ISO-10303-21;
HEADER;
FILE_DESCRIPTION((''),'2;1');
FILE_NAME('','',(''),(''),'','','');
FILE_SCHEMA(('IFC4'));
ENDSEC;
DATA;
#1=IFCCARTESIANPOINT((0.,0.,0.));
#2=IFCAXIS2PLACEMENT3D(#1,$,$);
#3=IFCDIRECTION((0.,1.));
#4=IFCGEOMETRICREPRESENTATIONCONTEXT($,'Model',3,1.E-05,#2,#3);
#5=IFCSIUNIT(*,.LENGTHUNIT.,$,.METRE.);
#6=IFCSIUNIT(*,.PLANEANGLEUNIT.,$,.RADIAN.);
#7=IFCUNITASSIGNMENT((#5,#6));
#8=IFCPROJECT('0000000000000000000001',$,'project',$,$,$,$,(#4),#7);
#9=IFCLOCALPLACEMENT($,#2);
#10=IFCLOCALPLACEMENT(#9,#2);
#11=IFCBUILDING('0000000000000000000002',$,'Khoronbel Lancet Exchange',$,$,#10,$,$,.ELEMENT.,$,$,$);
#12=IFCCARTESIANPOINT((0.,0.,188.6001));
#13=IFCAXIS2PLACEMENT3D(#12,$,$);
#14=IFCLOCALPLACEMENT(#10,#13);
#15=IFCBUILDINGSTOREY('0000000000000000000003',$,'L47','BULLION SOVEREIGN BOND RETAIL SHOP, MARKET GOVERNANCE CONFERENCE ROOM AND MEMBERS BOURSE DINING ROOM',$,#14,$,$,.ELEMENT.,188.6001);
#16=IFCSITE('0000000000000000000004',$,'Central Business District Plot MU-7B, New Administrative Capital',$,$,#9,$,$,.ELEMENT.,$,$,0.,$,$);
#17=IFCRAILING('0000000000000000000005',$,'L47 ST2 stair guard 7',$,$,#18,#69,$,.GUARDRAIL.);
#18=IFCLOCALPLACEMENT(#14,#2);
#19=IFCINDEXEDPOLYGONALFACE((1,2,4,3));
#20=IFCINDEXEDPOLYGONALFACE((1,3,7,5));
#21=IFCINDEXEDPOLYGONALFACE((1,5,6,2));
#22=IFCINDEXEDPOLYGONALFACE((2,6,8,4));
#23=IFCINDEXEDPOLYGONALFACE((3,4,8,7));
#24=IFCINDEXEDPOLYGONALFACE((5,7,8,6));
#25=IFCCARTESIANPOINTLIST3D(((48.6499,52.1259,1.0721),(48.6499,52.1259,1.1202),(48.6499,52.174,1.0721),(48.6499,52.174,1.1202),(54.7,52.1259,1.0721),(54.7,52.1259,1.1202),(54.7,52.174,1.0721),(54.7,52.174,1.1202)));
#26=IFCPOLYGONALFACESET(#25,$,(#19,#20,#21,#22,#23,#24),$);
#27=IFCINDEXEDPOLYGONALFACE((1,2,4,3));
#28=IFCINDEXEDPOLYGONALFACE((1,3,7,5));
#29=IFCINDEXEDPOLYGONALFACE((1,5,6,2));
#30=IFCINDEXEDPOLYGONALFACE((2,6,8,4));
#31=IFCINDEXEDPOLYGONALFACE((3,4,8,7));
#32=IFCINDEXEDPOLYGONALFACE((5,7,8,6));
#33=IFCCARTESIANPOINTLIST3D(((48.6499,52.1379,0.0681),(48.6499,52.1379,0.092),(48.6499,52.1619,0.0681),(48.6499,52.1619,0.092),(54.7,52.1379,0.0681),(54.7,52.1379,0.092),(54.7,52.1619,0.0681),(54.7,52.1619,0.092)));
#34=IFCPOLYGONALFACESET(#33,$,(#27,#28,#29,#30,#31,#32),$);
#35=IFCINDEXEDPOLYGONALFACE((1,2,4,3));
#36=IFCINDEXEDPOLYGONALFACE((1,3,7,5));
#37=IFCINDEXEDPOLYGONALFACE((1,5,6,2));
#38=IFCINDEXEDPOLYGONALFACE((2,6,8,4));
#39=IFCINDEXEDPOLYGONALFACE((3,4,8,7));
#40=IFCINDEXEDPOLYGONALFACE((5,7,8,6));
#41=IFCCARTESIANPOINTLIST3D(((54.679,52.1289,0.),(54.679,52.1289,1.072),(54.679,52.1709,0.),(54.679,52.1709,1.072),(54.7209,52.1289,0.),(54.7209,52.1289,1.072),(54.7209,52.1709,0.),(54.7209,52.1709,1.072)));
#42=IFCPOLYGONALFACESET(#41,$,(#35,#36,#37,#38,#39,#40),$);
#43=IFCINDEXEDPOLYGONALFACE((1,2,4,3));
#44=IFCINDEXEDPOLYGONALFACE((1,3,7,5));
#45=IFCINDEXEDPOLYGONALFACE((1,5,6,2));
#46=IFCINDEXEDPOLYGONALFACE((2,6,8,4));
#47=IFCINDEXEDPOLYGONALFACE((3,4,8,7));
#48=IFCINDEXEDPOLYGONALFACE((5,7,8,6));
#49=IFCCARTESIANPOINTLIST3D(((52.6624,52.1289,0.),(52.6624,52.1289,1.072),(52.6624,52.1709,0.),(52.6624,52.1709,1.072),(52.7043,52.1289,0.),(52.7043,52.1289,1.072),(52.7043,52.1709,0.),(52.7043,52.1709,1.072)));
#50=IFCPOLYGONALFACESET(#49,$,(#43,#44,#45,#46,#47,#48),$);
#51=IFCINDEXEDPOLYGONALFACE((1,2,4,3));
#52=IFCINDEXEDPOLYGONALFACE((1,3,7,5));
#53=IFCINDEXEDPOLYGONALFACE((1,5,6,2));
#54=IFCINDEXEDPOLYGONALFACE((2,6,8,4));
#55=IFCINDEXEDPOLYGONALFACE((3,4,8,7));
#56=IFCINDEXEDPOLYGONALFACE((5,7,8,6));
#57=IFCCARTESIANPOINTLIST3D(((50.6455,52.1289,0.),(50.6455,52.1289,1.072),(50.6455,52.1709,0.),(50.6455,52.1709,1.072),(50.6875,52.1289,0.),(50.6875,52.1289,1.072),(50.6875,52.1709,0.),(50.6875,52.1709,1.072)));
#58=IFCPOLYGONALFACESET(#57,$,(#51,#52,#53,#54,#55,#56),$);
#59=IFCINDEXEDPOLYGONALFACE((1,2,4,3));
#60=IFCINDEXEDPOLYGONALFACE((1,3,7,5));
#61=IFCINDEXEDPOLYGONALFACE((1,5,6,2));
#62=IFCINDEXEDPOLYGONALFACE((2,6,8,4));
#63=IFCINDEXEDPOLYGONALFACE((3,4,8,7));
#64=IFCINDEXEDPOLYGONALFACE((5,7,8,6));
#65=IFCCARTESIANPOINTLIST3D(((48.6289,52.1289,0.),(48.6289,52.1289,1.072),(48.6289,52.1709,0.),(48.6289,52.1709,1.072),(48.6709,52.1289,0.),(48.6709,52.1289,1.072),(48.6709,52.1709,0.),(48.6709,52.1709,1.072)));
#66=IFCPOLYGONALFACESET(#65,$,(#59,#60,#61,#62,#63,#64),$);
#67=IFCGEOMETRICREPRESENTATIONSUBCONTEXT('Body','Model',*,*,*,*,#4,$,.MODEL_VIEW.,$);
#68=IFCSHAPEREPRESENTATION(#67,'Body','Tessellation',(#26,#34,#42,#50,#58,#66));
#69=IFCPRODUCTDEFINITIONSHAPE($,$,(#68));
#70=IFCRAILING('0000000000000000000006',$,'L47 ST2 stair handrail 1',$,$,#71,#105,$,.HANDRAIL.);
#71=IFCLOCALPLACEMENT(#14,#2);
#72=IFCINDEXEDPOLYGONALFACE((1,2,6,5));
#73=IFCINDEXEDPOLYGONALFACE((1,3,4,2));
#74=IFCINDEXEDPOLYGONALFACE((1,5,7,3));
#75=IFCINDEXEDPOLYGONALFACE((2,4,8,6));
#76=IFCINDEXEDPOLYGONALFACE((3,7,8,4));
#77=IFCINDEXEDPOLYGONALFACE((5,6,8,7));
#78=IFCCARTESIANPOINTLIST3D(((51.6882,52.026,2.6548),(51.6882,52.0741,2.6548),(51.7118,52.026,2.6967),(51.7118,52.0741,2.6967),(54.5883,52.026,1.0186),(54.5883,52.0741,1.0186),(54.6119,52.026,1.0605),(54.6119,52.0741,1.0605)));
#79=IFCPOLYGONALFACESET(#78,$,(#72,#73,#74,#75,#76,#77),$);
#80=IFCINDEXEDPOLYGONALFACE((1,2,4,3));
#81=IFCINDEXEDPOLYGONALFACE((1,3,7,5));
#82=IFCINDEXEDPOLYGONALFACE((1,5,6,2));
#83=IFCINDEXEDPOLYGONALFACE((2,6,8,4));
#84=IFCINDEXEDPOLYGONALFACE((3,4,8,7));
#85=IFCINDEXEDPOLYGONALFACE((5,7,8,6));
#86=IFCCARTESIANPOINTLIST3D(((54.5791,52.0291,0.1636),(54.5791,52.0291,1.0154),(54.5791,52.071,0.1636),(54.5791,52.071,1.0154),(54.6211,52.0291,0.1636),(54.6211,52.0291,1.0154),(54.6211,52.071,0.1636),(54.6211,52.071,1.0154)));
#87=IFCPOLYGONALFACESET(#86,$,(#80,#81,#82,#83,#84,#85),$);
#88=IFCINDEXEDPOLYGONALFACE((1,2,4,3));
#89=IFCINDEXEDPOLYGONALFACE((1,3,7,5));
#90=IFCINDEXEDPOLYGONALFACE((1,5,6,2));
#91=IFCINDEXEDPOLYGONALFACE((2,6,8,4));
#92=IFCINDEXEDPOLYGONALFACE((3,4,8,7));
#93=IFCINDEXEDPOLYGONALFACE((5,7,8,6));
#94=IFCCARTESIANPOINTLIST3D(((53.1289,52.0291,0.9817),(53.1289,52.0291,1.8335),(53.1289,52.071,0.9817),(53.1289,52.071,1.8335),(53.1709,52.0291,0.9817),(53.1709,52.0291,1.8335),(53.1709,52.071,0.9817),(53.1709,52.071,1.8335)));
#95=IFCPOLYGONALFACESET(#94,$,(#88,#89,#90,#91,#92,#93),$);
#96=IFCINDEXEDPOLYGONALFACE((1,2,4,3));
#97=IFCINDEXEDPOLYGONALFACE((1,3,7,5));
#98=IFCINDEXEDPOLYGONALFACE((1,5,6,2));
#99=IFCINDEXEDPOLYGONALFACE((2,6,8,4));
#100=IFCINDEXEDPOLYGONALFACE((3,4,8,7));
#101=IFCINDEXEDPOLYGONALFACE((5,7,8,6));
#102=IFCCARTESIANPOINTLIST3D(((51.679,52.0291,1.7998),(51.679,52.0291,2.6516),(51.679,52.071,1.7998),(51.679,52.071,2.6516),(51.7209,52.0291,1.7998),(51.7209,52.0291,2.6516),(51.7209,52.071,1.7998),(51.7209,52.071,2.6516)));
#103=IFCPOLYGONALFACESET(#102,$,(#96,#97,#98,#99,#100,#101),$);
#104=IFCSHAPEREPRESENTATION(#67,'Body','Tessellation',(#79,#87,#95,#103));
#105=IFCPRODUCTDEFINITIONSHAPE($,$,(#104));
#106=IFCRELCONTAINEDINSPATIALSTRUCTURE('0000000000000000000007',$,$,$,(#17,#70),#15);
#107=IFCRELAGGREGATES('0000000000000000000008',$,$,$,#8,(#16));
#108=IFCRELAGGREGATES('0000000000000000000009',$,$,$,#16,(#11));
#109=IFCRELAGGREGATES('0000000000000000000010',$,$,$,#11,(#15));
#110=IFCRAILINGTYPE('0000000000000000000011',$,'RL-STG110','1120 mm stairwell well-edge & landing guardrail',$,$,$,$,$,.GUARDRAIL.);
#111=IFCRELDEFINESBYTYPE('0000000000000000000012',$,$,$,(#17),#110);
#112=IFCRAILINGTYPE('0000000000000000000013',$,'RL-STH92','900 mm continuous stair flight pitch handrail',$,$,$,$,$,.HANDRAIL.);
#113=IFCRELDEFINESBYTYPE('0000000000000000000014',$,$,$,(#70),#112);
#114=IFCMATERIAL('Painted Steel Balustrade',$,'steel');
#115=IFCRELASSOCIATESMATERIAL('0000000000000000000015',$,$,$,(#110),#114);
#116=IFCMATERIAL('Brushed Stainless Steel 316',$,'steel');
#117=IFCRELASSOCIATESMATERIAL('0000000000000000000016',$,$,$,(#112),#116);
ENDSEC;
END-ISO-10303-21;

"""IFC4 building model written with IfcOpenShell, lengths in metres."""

from ifc_helpers import new_model, si_unit, direction, frame, origin, origin_2d, place, context, subcontext, project, spatial, rectangle, extrude, material, type_object, element, save


model = new_model("IFC4")

# Units and contexts
model_context = context("Model", 3, precision=1e-05, world=origin(), true_north=direction((0.0, 1.0)))
body_context = subcontext(model_context, "Body", "Model", "MODEL_VIEW")
ifc_project = project(units=[si_unit("LENGTHUNIT", "METRE"), si_unit("PLANEANGLEUNIT", "RADIAN")], contexts=[model_context])

# Site, building, storey
site_placement = place(None, origin())
site = spatial("IfcSite", under=ifc_project, at=site_placement, Name="Central Business District Plot MU-7B, New Administrative Capital", CompositionType="ELEMENT", RefElevation=0.0)
building_placement = place(site_placement, origin())
building = spatial("IfcBuilding", under=site, at=building_placement, Name="Khoronbel Lancet Exchange", CompositionType="ELEMENT")
storey_placement = place(building_placement, frame((0.0, 0.0, 188.6001)))
storey = spatial("IfcBuildingStorey", under=building, at=storey_placement, Name="L47", Description="BULLION SOVEREIGN BOND RETAIL SHOP, MARKET GOVERNANCE CONFERENCE ROOM AND MEMBERS BOURSE DINING ROOM", CompositionType="ELEMENT", Elevation=188.6001)

# Railings
ifc_material_1 = material(Name="Painted Steel Balustrade", Category="steel")
railing_type_1 = type_object("IfcRailingType", Name="RL-STG110", Description="1120 mm stairwell well-edge & landing guardrail", PredefinedType="GUARDRAIL", material=ifc_material_1)
railing_1_placement = place(storey_placement, frame((54.7, 52.1499, 0.0)))
element("IfcRailing", 1, at=railing_1_placement, inside=storey, type_object=railing_type_1, Name="L47 ST2 stair guard 7", PredefinedType="GUARDRAIL", context=body_context, shape_type="SweptSolid", body=[
    extrude(rectangle(XDim=0.0481, YDim=0.0481, at=origin_2d()), frame((0.0, 0.0, 1.0962), z_axis=(-1.0, 0.0, 0.0), x_axis=(0.0, -1.0, 0.0)), (0.0, 0.0, 1.0), 6.05),
    extrude(rectangle(XDim=0.0239, YDim=0.0239, at=origin_2d()), frame((0.0, 0.0, 0.0801), z_axis=(-1.0, 0.0, 0.0), x_axis=(0.0, -1.0, 0.0)), (0.0, 0.0, 1.0), 6.05),
    extrude(rectangle(XDim=0.042, YDim=0.042, at=origin_2d()), origin(), (0.0, 0.0, 1.0), 1.072),
    extrude(rectangle(XDim=0.042, YDim=0.042, at=origin_2d()), frame((-2.0166, 0.0, 0.0)), (0.0, 0.0, 1.0), 1.072),
    extrude(rectangle(XDim=0.042, YDim=0.042, at=origin_2d()), frame((-4.0334, 0.0, 0.0)), (0.0, 0.0, 1.0), 1.072),
    extrude(rectangle(XDim=0.042, YDim=0.042, at=origin_2d()), frame((-6.05, 0.0, 0.0)), (0.0, 0.0, 1.0), 1.072),
])
ifc_material_2 = material(Name="Brushed Stainless Steel 316", Category="steel")
railing_type_2 = type_object("IfcRailingType", Name="RL-STH92", Description="900 mm continuous stair flight pitch handrail", PredefinedType="HANDRAIL", material=ifc_material_2)
railing_2_placement = place(storey_placement, frame((54.6001, 52.05, 0.1636)))
element("IfcRailing", 2, at=railing_2_placement, inside=storey, type_object=railing_type_2, Name="L47 ST2 stair handrail 1", PredefinedType="HANDRAIL", context=body_context, shape_type="SweptSolid", body=[
    extrude(rectangle(XDim=0.0481, YDim=0.0481, at=origin_2d()), frame((0.0, 0.0, 0.876), z_axis=(-0.870946, 0.0, 0.491378), x_axis=(0.0, -1.0, 0.0)), (0.0, 0.0, 1.0), 3.3298),
    extrude(rectangle(XDim=0.042, YDim=0.042, at=origin_2d()), origin(), (0.0, 0.0, 1.0), 0.8518),
    extrude(rectangle(XDim=0.042, YDim=0.042, at=origin_2d()), frame((-1.4502, 0.0, 0.8181)), (0.0, 0.0, 1.0), 0.8518),
    extrude(rectangle(XDim=0.042, YDim=0.042, at=origin_2d()), frame((-2.9001, 0.0, 1.6362)), (0.0, 0.0, 1.0), 0.8518),
])

save(model, "model.ifc")
